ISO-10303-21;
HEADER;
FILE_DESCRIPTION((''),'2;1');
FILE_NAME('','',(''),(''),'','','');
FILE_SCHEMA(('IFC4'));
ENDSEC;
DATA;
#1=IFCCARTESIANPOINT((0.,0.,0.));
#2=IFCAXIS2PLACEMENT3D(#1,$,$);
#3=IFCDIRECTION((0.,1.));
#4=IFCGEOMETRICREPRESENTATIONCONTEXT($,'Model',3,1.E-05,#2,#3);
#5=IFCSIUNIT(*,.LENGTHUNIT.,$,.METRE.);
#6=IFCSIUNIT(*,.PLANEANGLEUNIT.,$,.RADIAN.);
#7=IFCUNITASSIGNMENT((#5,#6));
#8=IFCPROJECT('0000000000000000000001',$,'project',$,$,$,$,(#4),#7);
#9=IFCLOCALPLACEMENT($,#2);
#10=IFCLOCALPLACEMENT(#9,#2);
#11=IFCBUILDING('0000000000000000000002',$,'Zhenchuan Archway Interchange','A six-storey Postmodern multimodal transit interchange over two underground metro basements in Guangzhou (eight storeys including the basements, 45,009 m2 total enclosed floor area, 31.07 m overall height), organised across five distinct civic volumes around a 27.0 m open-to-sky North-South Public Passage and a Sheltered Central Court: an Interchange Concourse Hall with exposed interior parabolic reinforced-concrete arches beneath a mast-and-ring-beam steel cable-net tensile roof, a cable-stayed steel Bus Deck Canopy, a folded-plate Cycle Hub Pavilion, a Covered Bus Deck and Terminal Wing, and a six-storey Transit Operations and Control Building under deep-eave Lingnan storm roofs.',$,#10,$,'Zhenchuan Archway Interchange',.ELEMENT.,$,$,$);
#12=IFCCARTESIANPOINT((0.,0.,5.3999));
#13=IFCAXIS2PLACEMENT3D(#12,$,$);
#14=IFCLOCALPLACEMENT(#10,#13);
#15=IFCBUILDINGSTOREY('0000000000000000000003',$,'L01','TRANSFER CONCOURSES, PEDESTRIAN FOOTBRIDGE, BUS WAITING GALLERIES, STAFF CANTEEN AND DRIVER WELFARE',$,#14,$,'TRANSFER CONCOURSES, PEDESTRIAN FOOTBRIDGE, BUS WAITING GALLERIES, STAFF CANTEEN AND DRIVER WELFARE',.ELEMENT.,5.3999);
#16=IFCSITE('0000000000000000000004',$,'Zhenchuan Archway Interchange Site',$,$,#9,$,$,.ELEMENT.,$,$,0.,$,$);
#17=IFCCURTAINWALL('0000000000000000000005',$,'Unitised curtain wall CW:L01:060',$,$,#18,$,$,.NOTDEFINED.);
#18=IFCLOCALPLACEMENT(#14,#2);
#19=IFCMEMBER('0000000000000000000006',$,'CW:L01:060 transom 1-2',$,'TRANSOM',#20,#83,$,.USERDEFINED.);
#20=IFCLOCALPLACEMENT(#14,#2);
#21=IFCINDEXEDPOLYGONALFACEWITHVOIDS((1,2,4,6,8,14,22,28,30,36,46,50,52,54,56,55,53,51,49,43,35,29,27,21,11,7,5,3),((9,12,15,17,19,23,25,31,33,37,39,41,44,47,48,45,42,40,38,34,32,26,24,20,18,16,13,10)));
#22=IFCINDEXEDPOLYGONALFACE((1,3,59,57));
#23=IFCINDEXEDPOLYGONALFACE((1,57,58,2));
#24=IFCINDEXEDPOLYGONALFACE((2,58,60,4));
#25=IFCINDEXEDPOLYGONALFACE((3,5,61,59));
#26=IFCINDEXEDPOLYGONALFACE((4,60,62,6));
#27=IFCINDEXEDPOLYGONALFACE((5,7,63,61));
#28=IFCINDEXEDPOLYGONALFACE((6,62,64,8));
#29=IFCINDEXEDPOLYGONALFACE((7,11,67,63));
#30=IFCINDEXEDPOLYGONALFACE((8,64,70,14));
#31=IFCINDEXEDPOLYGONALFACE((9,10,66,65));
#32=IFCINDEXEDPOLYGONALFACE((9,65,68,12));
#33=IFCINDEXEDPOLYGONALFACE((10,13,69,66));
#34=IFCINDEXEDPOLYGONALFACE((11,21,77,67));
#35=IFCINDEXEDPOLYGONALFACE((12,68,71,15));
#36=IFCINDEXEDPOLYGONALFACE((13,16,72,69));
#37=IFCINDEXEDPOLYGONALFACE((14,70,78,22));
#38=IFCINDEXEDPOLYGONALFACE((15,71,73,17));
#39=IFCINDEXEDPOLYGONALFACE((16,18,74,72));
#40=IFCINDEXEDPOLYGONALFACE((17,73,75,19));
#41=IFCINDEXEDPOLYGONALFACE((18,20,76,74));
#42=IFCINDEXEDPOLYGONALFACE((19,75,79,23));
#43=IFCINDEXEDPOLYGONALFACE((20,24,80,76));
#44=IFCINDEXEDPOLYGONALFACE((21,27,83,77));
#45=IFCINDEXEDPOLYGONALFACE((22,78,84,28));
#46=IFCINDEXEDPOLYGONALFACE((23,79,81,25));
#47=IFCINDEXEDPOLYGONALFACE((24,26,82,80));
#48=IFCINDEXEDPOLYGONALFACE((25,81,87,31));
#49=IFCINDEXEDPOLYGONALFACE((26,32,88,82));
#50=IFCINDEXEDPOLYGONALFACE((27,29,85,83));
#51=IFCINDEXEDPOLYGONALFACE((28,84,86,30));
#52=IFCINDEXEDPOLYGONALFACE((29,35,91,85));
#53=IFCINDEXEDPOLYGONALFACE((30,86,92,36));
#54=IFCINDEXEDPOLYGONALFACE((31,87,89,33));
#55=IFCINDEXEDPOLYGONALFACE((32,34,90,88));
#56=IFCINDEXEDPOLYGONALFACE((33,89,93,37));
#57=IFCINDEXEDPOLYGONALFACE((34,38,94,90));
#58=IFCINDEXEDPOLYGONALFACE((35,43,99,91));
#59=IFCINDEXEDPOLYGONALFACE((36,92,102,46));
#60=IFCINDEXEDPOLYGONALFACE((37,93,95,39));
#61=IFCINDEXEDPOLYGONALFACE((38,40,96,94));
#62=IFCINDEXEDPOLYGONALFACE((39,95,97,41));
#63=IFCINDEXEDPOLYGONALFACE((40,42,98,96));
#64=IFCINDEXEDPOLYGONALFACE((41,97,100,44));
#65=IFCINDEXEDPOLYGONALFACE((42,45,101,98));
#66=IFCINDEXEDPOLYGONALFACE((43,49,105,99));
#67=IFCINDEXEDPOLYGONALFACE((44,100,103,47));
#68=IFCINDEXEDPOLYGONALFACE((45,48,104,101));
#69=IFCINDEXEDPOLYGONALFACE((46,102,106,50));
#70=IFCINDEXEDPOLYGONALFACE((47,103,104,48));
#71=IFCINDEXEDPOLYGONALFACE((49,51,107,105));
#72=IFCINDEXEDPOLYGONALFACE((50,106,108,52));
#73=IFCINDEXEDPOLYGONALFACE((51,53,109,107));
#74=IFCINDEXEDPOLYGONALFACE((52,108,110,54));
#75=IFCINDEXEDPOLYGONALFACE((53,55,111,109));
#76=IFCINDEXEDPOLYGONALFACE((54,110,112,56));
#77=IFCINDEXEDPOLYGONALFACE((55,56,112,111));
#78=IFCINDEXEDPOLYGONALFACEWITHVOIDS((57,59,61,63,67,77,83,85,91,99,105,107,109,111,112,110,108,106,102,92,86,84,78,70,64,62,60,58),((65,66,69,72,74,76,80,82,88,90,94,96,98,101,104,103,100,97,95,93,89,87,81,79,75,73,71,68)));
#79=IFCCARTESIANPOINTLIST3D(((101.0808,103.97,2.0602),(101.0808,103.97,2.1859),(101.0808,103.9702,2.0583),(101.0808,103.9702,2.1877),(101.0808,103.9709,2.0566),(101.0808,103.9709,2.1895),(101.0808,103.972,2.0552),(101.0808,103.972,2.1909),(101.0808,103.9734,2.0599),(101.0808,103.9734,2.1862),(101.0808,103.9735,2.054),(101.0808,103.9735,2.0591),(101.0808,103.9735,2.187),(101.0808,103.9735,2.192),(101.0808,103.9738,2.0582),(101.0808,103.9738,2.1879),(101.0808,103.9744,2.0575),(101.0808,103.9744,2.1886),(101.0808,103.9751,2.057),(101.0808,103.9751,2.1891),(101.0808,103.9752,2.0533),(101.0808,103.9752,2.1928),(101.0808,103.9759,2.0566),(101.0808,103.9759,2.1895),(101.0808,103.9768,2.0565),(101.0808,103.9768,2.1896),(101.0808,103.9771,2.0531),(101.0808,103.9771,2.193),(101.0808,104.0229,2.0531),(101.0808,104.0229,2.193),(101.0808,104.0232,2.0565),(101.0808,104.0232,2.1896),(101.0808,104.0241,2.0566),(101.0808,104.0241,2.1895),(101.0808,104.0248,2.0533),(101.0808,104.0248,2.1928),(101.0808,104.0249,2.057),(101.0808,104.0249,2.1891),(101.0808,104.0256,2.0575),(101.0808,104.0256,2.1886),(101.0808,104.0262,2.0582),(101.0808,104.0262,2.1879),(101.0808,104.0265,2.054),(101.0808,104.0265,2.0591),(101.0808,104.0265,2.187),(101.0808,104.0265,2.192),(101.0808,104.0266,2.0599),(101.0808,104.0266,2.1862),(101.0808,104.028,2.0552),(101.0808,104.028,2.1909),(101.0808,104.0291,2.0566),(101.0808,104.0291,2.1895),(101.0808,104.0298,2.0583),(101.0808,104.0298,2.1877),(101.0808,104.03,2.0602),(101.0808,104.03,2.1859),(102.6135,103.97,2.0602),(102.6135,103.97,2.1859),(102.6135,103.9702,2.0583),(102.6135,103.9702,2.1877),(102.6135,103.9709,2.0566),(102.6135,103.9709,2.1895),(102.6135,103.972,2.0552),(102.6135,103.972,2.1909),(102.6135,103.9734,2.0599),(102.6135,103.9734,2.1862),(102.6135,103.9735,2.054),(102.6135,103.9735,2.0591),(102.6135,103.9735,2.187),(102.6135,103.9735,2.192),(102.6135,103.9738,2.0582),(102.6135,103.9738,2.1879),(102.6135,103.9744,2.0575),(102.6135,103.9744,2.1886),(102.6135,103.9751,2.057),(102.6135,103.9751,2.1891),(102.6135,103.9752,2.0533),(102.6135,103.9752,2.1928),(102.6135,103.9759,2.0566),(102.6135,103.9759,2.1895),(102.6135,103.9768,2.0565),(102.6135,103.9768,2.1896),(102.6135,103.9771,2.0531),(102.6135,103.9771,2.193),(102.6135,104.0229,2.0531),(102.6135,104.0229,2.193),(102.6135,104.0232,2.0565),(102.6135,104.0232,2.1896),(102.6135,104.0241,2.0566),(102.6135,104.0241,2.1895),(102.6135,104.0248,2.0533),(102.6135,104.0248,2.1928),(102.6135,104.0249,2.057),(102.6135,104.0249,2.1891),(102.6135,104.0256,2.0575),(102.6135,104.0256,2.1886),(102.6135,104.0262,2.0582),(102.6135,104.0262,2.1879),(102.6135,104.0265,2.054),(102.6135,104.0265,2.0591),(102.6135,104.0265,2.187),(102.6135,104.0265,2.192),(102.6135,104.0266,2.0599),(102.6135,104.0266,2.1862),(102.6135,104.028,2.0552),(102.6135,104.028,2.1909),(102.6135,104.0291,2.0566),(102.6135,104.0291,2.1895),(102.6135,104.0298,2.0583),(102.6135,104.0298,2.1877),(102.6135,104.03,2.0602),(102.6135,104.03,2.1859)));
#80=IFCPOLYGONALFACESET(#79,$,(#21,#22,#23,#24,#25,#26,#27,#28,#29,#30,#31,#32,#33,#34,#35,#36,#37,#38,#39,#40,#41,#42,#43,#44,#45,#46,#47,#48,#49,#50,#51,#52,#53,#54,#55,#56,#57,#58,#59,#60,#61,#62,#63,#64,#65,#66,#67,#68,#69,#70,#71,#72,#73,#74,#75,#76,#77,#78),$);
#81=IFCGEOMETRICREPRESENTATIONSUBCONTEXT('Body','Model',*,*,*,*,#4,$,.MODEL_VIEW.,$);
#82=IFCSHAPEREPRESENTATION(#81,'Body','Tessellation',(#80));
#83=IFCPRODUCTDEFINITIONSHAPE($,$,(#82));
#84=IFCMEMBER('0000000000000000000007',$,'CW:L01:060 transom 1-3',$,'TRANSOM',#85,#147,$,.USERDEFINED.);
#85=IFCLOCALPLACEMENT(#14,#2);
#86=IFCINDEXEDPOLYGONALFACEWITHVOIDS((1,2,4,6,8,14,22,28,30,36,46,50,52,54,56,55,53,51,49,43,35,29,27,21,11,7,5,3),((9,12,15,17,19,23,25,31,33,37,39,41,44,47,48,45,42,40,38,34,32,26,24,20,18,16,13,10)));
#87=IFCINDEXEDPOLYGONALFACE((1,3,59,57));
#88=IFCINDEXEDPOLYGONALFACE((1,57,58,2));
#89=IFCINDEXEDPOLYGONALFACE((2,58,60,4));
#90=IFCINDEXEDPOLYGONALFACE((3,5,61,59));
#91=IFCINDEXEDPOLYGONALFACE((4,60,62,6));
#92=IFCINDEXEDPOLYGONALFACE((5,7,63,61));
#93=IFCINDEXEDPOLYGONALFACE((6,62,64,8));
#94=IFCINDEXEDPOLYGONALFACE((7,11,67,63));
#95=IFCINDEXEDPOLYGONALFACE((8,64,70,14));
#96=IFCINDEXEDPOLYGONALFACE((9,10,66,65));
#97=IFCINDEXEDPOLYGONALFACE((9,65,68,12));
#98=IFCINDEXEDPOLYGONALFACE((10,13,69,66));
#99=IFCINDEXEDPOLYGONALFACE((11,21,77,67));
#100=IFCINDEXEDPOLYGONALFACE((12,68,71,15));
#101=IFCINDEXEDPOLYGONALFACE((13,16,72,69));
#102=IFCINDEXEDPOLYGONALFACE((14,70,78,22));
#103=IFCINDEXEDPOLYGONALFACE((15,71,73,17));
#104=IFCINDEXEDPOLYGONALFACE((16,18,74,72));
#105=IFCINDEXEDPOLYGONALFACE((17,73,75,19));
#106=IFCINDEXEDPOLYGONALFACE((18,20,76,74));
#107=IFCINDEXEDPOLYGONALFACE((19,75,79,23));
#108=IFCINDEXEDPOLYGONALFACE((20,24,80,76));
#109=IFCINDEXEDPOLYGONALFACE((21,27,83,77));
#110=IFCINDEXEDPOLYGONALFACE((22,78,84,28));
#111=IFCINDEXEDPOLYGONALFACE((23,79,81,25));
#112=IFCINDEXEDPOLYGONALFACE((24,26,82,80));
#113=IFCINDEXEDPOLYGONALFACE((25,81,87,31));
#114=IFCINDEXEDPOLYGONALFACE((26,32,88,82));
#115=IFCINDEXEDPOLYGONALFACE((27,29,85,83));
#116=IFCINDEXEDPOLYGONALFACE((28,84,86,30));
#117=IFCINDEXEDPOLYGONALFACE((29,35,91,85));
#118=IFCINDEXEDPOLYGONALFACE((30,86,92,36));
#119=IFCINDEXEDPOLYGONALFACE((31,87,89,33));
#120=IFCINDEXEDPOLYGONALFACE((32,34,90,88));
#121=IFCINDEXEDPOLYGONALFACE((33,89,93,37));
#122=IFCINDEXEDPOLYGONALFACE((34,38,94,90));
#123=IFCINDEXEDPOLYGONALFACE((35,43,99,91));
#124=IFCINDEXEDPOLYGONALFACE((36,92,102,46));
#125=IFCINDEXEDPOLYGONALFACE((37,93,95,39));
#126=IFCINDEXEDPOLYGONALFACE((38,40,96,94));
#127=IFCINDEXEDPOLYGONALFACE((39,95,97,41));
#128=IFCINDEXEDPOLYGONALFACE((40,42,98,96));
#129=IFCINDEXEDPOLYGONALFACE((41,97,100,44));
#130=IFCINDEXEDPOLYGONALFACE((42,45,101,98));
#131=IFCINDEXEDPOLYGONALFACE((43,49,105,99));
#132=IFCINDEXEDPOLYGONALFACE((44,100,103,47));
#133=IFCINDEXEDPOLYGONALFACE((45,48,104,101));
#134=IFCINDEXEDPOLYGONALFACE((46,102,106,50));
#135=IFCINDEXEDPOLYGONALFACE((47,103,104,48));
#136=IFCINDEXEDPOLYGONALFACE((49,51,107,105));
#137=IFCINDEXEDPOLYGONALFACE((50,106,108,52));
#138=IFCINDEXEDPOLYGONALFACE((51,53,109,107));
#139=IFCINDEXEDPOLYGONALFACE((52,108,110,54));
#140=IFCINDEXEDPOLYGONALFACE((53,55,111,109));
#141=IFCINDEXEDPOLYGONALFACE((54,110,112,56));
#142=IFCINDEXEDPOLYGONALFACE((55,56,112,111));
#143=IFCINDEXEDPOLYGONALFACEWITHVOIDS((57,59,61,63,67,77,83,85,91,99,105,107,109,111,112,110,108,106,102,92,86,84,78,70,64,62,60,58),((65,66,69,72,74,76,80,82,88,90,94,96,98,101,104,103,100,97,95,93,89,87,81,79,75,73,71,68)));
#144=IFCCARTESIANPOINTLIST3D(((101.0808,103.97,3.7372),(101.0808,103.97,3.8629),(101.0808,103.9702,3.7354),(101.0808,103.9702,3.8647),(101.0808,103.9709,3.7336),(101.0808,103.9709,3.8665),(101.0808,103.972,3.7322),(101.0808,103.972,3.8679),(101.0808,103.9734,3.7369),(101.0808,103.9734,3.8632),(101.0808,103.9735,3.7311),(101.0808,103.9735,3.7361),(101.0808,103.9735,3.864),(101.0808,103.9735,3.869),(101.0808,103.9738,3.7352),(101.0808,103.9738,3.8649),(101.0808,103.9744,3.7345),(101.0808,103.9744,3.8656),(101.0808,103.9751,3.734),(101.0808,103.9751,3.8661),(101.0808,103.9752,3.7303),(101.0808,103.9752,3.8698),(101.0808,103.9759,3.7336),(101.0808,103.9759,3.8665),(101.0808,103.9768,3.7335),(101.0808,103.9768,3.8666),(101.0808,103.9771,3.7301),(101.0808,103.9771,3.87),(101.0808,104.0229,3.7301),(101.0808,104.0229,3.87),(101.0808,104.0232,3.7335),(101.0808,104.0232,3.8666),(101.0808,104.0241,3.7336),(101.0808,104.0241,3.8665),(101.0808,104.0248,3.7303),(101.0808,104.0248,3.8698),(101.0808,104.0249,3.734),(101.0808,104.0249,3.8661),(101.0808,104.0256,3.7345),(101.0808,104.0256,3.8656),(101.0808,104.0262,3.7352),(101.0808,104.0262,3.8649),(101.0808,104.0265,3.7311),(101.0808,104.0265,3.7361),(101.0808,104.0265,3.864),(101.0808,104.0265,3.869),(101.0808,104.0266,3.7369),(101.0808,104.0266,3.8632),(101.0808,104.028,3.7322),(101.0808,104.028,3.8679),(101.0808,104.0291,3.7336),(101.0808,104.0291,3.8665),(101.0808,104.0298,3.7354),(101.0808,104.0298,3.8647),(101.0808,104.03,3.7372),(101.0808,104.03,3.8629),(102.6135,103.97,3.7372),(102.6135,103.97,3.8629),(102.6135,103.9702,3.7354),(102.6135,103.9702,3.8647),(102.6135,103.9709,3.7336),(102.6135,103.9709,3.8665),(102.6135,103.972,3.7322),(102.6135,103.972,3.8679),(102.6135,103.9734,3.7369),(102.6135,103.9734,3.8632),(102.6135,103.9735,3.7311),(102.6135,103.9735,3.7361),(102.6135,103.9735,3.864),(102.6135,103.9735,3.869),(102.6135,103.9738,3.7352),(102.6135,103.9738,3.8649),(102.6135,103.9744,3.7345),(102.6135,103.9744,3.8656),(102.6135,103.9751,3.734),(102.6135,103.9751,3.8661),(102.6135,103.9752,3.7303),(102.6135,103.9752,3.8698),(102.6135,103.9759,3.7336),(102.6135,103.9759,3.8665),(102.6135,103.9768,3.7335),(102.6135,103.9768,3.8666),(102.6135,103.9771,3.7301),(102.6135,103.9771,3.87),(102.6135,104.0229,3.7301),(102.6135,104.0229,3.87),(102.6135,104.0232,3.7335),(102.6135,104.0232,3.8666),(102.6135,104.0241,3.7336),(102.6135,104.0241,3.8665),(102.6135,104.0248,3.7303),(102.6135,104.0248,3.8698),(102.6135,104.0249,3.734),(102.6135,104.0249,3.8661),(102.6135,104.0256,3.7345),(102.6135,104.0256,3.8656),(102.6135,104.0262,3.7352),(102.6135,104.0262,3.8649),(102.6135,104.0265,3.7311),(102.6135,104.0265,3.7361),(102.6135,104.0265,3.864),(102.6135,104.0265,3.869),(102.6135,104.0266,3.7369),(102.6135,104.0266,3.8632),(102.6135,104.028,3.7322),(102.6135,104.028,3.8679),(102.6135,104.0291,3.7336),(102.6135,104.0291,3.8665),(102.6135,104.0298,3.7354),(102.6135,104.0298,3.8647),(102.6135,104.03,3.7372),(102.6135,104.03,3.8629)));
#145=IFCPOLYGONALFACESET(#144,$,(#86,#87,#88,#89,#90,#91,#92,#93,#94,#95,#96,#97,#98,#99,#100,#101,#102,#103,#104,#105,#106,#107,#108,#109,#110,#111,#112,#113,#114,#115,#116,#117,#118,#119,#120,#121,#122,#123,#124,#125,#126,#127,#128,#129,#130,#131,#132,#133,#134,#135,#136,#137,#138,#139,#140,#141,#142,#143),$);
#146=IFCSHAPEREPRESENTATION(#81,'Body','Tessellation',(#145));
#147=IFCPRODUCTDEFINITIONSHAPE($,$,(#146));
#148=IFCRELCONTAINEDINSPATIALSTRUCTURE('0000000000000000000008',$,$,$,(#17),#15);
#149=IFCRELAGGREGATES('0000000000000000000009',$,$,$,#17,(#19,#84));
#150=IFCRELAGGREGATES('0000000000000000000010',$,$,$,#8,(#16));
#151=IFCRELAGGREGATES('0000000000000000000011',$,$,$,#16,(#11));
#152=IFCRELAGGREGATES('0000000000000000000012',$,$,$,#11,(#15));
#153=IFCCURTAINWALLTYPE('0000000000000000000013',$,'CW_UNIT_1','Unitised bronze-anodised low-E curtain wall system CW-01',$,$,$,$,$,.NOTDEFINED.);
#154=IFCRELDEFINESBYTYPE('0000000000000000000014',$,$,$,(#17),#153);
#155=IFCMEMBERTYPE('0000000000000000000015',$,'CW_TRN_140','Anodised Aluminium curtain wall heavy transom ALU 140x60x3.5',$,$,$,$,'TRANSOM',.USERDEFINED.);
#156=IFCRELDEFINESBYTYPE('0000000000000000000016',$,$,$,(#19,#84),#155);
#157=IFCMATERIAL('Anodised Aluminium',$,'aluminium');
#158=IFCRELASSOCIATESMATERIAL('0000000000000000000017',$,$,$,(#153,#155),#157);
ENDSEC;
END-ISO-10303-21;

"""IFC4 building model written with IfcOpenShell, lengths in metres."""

from ifc_helpers import new_model, si_unit, direction, frame, origin, origin_2d, place, context, subcontext, project, spatial, hollow_rectangle, extrude, material, material_profile, profile_set, type_object, element, aggregate, save


model = new_model("IFC4")

# Units and contexts
model_context = context("Model", 3, precision=1e-05, world=origin(), true_north=direction((0.0, 1.0)))
body_context = subcontext(model_context, "Body", "Model", "MODEL_VIEW")
ifc_project = project(units=[si_unit("LENGTHUNIT", "METRE"), si_unit("PLANEANGLEUNIT", "RADIAN")], contexts=[model_context])

# Site, building, storey
site_placement = place(None, origin())
site = spatial("IfcSite", under=ifc_project, at=site_placement, Name="Zhenchuan Archway Interchange Site", CompositionType="ELEMENT", RefElevation=0.0)
building_placement = place(site_placement, origin())
building = spatial("IfcBuilding", under=site, at=building_placement, Name="Zhenchuan Archway Interchange", Description="A six-storey Postmodern multimodal transit interchange over two underground metro basements in Guangzhou (eight storeys including the basements, 45,009 m2 total enclosed floor area, 31.07 m overall height), organised across five distinct civic volumes around a 27.0 m open-to-sky North-South Public Passage and a Sheltered Central Court: an Interchange Concourse Hall with exposed interior parabolic reinforced-concrete arches beneath a mast-and-ring-beam steel cable-net tensile roof, a cable-stayed steel Bus Deck Canopy, a folded-plate Cycle Hub Pavilion, a Covered Bus Deck and Terminal Wing, and a six-storey Transit Operations and Control Building under deep-eave Lingnan storm roofs.", LongName="Zhenchuan Archway Interchange", CompositionType="ELEMENT")
storey_placement = place(building_placement, frame((0.0, 0.0, 5.3999)))
storey = spatial("IfcBuildingStorey", under=building, at=storey_placement, Name="L01", Description="TRANSFER CONCOURSES, PEDESTRIAN FOOTBRIDGE, BUS WAITING GALLERIES, STAFF CANTEEN AND DRIVER WELFARE", LongName="TRANSFER CONCOURSES, PEDESTRIAN FOOTBRIDGE, BUS WAITING GALLERIES, STAFF CANTEEN AND DRIVER WELFARE", CompositionType="ELEMENT", Elevation=5.3999)

# Curtain wall, members
ifc_material_1 = material(Name="Anodised Aluminium", Category="aluminium")
curtain_wall_type = type_object("IfcCurtainWallType", Name="CW_UNIT_1", Description="Unitised bronze-anodised low-E curtain wall system CW-01", PredefinedType="NOTDEFINED", material=ifc_material_1)
curtain_wall_placement = place(storey_placement, origin())
curtain_wall = element("IfcCurtainWall", 1, at=curtain_wall_placement, inside=storey, type_object=curtain_wall_type, Name="Unitised curtain wall CW:L01:060", PredefinedType="NOTDEFINED")
ifc_material_profile_1 = material_profile(ifc_material_1, hollow_rectangle(XDim=0.0601, YDim=0.1399, WallThickness=0.0034, InnerFilletRadius=0.0034, OuterFilletRadius=0.0071, at=origin_2d()), Name="ALU 140x60x3.5")
ifc_profile_set_1 = profile_set([ifc_material_profile_1], Name="Anodised Aluminium")
member_type_1 = type_object("IfcMemberType", Name="CW_TRN_140", Description="Anodised Aluminium curtain wall heavy transom ALU 140x60x3.5", ElementType="TRANSOM", PredefinedType="USERDEFINED", material=ifc_profile_set_1)
member_1_placement = place(storey_placement, frame((101.0808, 104.0, 2.123), z_axis=(1.0, 0.0, 0.0), x_axis=(0.0, 1.0, 0.0)))
member_1 = element("IfcMember", 2, at=member_1_placement, type_object=member_type_1, Name="CW:L01:060 transom 1-2", ObjectType="TRANSOM", PredefinedType="USERDEFINED", context=body_context, shape_type="SweptSolid", body=[
    extrude(hollow_rectangle(XDim=0.0601, YDim=0.1399, WallThickness=0.0034, InnerFilletRadius=0.0034, OuterFilletRadius=0.0071, at=origin_2d()), origin(), (0.0, 0.0, 1.0), 1.5327),
])
member_2_placement = place(storey_placement, frame((101.0808, 104.0, 3.8), z_axis=(1.0, 0.0, 0.0), x_axis=(0.0, 1.0, 0.0)))
member_2 = element("IfcMember", 3, at=member_2_placement, type_object=member_type_1, Name="CW:L01:060 transom 1-3", ObjectType="TRANSOM", PredefinedType="USERDEFINED", context=body_context, shape_type="SweptSolid", body=[
    extrude(hollow_rectangle(XDim=0.0601, YDim=0.1399, WallThickness=0.0034, InnerFilletRadius=0.0034, OuterFilletRadius=0.0071, at=origin_2d()), origin(), (0.0, 0.0, 1.0), 1.5327),
])
aggregate(curtain_wall, [member_1, member_2])

save(model, "model.ifc")
